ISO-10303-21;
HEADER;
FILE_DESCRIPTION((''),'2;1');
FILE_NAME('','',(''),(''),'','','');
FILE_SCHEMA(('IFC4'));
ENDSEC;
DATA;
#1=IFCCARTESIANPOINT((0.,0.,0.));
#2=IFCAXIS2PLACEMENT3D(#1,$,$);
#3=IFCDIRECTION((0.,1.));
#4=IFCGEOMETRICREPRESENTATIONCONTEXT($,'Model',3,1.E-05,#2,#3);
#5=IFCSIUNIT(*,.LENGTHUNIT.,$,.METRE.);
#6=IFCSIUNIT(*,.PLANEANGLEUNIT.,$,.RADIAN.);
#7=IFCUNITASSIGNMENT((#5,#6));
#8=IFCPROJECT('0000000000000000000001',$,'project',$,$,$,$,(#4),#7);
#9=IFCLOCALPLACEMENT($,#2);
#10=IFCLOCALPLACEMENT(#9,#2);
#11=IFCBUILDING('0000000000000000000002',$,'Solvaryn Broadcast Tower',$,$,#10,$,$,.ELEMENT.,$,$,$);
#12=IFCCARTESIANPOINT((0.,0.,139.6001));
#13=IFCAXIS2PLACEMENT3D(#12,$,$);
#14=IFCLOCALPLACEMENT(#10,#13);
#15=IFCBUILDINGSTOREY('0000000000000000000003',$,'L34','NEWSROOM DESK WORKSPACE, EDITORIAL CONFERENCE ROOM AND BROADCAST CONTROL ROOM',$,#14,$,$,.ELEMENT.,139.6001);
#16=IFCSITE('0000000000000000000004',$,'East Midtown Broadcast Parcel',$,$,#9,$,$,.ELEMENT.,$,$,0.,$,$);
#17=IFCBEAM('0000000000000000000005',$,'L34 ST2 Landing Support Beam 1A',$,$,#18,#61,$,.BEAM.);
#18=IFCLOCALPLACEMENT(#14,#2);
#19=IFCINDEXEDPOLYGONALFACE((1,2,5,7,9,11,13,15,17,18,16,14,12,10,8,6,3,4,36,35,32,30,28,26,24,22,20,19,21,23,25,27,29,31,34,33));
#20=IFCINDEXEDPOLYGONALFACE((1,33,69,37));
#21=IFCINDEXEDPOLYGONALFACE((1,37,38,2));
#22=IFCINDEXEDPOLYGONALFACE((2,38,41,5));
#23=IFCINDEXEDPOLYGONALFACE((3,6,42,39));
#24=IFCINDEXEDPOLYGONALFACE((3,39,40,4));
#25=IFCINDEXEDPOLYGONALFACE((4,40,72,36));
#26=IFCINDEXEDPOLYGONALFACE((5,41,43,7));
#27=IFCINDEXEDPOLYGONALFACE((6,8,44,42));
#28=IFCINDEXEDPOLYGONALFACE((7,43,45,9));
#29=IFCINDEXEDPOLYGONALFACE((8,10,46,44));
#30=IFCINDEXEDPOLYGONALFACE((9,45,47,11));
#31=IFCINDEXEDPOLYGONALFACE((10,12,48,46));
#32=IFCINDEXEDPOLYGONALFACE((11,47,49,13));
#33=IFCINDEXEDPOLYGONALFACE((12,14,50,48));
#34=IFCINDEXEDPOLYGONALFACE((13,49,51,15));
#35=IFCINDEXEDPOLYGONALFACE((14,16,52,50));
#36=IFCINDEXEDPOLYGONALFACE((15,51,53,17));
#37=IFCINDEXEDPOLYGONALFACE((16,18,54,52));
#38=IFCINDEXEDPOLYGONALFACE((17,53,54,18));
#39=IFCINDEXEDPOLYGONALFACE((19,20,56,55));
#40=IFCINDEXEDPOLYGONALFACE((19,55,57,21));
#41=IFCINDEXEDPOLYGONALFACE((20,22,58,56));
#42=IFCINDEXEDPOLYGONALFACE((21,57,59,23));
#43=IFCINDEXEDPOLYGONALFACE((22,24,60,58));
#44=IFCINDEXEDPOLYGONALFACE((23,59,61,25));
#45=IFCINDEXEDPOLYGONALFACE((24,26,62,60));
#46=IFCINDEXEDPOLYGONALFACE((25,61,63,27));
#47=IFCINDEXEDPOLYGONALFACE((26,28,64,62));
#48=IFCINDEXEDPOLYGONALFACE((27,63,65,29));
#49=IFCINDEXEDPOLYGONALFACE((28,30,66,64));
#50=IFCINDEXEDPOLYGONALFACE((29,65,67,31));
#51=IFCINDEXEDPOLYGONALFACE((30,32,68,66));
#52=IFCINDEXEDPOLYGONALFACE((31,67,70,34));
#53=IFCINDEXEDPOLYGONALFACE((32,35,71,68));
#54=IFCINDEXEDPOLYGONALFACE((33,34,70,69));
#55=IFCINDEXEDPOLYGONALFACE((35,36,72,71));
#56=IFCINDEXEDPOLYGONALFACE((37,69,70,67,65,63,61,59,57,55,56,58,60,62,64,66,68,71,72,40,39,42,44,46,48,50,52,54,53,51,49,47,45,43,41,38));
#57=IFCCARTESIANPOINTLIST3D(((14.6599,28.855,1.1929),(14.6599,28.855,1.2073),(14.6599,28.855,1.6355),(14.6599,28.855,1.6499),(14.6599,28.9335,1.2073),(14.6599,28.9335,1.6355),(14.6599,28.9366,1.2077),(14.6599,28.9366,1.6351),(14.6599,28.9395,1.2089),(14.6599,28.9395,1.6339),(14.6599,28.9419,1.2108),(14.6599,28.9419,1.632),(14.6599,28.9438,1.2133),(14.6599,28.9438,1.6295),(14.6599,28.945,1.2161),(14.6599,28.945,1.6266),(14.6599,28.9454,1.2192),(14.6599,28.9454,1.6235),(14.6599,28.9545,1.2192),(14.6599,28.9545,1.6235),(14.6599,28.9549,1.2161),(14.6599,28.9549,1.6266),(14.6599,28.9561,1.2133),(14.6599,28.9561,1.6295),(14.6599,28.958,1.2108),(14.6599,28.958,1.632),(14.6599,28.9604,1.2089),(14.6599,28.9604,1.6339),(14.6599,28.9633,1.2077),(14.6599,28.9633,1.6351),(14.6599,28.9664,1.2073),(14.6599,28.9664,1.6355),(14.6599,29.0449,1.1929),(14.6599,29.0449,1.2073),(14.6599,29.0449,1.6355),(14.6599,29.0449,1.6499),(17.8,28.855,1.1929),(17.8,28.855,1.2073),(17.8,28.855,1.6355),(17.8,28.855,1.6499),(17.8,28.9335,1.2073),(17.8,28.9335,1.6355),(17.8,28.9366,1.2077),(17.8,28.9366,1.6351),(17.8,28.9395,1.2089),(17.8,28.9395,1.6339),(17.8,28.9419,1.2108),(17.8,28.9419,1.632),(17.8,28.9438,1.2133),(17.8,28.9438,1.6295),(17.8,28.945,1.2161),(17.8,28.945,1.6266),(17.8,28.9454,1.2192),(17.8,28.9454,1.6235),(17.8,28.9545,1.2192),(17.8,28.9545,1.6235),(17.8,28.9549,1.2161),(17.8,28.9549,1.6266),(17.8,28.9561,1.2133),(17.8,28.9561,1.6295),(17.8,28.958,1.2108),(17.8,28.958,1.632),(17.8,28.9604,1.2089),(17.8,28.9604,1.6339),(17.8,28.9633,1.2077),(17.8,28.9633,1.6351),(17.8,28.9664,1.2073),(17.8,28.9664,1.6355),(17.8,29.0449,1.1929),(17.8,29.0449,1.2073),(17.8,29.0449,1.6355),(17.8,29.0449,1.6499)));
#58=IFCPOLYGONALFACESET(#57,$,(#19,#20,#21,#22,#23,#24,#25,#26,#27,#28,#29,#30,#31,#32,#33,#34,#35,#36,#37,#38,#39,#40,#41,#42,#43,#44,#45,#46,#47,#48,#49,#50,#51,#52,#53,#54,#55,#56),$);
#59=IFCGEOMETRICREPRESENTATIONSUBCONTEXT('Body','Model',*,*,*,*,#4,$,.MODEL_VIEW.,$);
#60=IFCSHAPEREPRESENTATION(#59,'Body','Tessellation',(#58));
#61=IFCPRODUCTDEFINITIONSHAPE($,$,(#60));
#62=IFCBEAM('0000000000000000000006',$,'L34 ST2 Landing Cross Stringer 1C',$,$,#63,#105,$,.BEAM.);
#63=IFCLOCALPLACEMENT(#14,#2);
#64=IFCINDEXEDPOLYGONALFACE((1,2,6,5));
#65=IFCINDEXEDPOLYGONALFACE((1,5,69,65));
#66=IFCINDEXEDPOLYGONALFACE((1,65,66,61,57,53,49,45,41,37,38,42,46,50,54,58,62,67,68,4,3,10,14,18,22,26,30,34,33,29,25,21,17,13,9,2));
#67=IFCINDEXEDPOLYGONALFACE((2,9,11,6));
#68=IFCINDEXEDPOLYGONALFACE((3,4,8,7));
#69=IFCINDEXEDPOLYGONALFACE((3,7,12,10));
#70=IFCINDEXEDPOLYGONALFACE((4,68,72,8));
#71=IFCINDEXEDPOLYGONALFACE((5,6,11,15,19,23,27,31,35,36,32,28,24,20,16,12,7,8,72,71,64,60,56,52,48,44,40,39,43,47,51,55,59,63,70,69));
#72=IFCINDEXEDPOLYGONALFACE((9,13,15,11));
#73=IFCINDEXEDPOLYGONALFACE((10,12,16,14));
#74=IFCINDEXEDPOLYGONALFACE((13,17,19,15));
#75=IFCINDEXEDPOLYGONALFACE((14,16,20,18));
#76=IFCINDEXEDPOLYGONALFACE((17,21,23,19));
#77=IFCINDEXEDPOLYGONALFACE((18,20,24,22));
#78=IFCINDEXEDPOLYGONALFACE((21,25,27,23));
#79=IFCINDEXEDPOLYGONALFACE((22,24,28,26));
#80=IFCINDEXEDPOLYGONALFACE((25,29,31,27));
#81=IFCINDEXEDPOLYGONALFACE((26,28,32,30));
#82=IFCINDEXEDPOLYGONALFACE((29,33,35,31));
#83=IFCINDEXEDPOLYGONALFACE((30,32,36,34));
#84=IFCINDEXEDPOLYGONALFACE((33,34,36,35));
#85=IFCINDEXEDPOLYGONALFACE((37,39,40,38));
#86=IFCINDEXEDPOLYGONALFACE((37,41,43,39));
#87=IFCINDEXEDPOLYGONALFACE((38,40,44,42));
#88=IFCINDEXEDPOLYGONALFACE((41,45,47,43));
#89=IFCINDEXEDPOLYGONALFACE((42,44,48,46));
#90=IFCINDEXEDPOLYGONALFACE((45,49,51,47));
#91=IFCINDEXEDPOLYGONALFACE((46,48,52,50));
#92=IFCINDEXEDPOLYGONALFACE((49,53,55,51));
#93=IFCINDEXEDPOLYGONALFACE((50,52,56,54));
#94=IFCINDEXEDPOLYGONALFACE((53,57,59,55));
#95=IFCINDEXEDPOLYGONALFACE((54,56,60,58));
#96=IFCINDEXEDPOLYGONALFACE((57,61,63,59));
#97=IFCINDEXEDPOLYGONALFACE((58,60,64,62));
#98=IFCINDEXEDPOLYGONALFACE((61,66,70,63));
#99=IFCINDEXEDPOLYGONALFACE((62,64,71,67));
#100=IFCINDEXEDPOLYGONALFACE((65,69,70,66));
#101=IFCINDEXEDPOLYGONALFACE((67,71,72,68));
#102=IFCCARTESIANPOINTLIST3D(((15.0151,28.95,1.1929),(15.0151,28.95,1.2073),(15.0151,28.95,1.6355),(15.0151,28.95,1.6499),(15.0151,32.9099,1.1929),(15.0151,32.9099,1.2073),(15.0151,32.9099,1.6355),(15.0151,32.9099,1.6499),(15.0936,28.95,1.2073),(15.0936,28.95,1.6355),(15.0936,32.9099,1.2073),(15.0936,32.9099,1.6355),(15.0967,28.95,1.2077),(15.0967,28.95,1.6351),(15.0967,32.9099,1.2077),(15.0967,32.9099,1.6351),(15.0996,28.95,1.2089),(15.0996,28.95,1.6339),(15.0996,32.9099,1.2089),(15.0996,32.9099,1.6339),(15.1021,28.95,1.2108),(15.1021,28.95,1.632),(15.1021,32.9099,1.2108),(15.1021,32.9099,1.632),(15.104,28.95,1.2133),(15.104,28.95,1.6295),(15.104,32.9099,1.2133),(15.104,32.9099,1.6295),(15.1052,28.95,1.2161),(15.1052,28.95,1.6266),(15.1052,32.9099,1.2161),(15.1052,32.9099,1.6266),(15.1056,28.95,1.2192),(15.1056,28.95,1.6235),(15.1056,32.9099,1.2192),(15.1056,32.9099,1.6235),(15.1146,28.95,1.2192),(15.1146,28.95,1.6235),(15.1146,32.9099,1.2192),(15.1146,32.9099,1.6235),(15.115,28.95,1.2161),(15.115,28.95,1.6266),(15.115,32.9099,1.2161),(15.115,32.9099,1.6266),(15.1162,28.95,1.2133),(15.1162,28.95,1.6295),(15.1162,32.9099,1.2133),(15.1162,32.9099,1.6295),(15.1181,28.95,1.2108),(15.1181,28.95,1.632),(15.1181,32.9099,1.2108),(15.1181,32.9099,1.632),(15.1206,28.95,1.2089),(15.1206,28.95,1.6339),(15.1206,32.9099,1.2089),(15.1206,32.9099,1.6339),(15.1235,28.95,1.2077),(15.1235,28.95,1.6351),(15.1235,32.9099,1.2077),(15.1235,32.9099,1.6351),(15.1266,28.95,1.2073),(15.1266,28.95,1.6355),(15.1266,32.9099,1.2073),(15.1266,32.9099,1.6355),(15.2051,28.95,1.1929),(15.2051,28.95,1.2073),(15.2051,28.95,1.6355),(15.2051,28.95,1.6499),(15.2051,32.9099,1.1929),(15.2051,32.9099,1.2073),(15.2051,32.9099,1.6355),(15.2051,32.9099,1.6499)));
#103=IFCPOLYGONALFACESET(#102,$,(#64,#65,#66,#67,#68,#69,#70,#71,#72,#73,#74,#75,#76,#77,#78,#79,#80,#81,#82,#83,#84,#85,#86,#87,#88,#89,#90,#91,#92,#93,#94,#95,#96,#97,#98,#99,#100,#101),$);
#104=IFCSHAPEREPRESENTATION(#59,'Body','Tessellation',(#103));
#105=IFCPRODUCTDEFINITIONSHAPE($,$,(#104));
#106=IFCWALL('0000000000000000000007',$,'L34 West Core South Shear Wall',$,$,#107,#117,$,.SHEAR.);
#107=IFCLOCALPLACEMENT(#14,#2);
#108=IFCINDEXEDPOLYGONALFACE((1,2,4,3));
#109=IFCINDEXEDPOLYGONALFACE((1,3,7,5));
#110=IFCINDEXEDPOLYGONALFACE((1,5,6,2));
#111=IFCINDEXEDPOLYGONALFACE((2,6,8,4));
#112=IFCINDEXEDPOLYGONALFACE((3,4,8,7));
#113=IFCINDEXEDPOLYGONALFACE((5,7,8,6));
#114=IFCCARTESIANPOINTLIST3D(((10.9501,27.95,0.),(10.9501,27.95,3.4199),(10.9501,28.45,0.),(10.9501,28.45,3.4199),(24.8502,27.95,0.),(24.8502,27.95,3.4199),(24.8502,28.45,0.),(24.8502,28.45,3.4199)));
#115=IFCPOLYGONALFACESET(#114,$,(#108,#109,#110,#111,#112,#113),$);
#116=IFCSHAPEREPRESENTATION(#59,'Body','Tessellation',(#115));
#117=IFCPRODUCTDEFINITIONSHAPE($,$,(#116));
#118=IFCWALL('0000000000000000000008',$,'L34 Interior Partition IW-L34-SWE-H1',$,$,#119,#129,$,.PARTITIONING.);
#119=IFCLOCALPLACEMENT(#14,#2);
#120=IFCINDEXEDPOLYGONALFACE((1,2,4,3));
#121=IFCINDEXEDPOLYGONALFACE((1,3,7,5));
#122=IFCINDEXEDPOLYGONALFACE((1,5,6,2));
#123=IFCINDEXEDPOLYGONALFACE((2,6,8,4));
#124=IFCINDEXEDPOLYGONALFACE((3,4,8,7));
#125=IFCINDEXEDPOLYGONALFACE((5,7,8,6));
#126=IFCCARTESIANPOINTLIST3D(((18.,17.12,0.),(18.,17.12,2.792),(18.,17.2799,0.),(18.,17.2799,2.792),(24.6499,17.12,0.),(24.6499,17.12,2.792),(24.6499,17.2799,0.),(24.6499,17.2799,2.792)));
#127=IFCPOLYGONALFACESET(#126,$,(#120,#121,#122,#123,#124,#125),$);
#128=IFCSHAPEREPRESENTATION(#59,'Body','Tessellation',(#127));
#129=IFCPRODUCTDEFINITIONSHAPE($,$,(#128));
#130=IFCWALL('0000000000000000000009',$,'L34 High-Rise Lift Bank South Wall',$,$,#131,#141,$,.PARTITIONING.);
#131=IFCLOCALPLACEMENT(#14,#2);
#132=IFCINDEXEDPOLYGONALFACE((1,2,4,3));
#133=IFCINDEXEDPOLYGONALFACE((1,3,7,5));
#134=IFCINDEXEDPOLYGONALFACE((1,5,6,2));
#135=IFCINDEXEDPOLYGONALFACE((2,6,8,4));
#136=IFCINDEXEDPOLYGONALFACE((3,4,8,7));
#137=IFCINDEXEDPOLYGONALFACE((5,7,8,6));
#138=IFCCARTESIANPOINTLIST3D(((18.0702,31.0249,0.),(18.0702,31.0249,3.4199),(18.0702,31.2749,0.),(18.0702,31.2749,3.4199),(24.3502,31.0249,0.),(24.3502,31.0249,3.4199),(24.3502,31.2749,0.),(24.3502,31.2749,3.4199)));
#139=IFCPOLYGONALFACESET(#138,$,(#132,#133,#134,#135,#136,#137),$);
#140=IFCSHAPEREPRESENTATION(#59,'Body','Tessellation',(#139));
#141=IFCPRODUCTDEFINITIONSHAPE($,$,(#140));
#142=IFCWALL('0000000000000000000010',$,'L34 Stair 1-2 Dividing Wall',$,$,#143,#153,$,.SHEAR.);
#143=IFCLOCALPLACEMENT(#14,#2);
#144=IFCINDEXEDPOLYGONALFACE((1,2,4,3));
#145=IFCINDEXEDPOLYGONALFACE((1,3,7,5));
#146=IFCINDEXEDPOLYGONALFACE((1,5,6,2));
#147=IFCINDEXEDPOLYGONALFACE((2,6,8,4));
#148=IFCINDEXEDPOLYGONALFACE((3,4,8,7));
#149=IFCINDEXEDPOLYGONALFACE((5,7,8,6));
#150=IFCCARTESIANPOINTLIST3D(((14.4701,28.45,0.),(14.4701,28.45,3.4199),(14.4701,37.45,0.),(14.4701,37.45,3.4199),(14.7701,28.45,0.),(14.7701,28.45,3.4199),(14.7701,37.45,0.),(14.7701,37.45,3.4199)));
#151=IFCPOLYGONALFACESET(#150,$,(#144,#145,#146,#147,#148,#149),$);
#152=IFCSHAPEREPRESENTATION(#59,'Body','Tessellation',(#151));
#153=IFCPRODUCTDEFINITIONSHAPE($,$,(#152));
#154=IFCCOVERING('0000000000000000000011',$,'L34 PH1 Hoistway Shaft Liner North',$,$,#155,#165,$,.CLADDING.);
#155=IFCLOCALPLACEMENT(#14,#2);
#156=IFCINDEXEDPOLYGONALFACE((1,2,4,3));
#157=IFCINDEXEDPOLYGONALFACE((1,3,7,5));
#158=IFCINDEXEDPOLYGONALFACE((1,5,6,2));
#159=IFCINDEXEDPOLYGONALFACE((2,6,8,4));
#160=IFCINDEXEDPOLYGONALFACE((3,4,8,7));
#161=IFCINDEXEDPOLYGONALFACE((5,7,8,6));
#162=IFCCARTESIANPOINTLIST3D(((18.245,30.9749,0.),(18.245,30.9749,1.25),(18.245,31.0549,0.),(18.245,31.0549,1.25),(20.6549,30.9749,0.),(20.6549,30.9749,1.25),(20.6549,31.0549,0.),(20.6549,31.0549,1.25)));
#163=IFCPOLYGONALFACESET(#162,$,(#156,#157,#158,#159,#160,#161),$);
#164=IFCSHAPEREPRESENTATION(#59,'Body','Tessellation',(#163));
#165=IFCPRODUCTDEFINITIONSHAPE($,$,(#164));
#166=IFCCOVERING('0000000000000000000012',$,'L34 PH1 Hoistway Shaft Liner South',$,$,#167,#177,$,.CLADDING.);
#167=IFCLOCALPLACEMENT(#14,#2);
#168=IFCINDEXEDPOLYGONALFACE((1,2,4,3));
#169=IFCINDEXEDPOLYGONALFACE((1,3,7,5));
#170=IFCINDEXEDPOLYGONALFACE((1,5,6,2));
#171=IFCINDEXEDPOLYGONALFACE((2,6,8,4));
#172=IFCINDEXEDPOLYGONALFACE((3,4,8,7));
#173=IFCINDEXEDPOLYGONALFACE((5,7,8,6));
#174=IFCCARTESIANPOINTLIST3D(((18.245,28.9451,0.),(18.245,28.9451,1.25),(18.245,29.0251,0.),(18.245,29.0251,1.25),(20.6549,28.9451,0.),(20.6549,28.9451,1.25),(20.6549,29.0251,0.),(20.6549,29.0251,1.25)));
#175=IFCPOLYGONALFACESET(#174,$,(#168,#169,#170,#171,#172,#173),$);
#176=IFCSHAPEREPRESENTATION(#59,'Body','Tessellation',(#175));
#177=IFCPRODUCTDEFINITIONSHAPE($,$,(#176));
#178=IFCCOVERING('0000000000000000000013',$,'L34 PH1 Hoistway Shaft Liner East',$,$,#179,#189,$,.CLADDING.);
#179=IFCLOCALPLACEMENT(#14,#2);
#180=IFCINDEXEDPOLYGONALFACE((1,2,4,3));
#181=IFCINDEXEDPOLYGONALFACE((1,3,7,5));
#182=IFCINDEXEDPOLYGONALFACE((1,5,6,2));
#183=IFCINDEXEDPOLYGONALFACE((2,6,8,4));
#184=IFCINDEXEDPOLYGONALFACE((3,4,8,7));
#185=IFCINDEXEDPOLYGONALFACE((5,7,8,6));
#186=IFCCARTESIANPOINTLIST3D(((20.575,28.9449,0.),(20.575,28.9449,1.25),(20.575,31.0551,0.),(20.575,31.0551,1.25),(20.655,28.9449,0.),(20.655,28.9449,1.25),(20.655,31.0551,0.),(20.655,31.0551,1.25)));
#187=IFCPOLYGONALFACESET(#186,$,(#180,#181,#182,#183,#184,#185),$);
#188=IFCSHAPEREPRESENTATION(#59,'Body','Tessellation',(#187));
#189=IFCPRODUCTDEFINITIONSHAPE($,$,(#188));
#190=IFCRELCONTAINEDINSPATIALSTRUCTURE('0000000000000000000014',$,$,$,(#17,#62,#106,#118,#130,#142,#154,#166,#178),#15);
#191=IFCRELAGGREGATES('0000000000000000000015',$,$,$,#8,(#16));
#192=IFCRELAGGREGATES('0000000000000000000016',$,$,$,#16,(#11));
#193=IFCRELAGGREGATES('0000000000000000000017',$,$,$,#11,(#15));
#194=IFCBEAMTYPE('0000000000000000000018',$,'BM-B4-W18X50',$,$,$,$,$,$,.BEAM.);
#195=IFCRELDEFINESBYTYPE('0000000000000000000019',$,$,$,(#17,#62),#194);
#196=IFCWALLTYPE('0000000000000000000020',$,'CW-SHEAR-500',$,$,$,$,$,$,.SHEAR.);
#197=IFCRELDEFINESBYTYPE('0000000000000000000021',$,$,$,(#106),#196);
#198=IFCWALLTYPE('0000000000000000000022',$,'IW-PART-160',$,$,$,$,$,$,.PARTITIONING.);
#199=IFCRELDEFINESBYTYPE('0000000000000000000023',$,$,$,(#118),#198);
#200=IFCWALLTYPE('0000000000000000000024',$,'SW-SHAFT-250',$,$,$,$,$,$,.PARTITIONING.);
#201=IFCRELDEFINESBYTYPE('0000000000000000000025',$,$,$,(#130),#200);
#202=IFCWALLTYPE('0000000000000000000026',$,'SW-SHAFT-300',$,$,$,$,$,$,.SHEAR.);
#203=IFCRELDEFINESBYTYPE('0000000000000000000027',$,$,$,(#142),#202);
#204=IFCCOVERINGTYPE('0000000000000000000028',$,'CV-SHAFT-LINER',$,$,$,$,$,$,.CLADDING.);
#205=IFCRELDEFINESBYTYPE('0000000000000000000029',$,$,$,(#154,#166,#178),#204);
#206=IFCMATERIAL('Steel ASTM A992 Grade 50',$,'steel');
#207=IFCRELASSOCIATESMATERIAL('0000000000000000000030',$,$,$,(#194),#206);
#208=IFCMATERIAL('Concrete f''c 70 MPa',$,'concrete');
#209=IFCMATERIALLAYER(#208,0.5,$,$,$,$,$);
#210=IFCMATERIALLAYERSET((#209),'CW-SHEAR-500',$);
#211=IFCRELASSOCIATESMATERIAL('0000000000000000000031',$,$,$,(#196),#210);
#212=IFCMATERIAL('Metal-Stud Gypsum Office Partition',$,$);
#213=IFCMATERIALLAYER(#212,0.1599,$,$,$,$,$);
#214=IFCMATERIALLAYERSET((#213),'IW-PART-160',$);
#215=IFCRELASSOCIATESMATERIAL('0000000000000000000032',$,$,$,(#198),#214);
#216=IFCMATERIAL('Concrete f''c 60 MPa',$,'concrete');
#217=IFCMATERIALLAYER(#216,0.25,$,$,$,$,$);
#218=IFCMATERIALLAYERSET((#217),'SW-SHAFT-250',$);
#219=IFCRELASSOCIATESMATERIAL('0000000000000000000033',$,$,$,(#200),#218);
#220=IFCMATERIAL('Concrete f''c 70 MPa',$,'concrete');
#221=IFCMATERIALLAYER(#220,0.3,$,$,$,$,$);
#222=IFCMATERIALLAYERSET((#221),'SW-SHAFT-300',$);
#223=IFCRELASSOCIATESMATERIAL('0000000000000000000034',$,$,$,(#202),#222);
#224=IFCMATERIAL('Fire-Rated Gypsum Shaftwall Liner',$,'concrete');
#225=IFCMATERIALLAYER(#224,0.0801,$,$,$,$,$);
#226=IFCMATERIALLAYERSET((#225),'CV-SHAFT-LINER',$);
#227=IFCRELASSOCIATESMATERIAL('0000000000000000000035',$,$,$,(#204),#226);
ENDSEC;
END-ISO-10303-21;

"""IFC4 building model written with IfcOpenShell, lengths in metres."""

from ifc_helpers import new_model, si_unit, direction, frame, frame_2d, origin, origin_2d, place, context, subcontext, project, spatial, rectangle, i_section, extrude, material, layer, layer_set, material_profile, profile_set, type_object, element, save


model = new_model("IFC4")

# Units and contexts
model_context = context("Model", 3, precision=1e-05, world=origin(), true_north=direction((0.0, 1.0)))
body_context = subcontext(model_context, "Body", "Model", "MODEL_VIEW")
ifc_project = project(units=[si_unit("LENGTHUNIT", "METRE"), si_unit("PLANEANGLEUNIT", "RADIAN")], contexts=[model_context])

# Site, building, storey
site_placement = place(None, origin())
site = spatial("IfcSite", under=ifc_project, at=site_placement, Name="East Midtown Broadcast Parcel", CompositionType="ELEMENT", RefElevation=0.0)
building_placement = place(site_placement, origin())
building = spatial("IfcBuilding", under=site, at=building_placement, Name="Solvaryn Broadcast Tower", CompositionType="ELEMENT")
storey_placement = place(building_placement, frame((0.0, 0.0, 139.6001)))
storey = spatial("IfcBuildingStorey", under=building, at=storey_placement, Name="L34", Description="NEWSROOM DESK WORKSPACE, EDITORIAL CONFERENCE ROOM AND BROADCAST CONTROL ROOM", CompositionType="ELEMENT", Elevation=139.6001)

# Beams
ifc_material_1 = material(Name="Steel ASTM A992 Grade 50", Category="steel")
ifc_material_profile_1 = material_profile(ifc_material_1, i_section(OverallWidth=0.1899, OverallDepth=0.457, WebThickness=0.009, FlangeThickness=0.0144, FilletRadius=0.012, at=origin_2d()))
ifc_profile_set_1 = profile_set([ifc_material_profile_1], Name="Steel ASTM A992 Grade 50")
beam_type_1 = type_object("IfcBeamType", Name="BM-B4-W18X50", PredefinedType="BEAM", material=ifc_profile_set_1)
beam_1_placement = place(storey_placement, frame((14.6599, 28.95, 1.4214), z_axis=(1.0, 0.0, 0.0), x_axis=(0.0, 1.0, 0.0)))
element("IfcBeam", 1, at=beam_1_placement, inside=storey, type_object=beam_type_1, Name="L34 ST2 Landing Support Beam 1A", PredefinedType="BEAM", context=body_context, shape_type="SweptSolid", body=[
    extrude(i_section(OverallWidth=0.1899, OverallDepth=0.457, WebThickness=0.009, FlangeThickness=0.0144, FilletRadius=0.012, at=origin_2d()), origin(), (0.0, 0.0, 1.0), 3.1401),
])
beam_2_placement = place(storey_placement, frame((15.1101, 28.95, 1.4214), z_axis=(0.0, 1.0, 0.0), x_axis=(-1.0, 0.0, 0.0)))
element("IfcBeam", 2, at=beam_2_placement, inside=storey, type_object=beam_type_1, Name="L34 ST2 Landing Cross Stringer 1C", PredefinedType="BEAM", context=body_context, shape_type="SweptSolid", body=[
    extrude(i_section(OverallWidth=0.1899, OverallDepth=0.457, WebThickness=0.009, FlangeThickness=0.0144, FilletRadius=0.012, at=origin_2d()), origin(), (0.0, 0.0, 1.0), 3.96),
])

# Wall
ifc_material_2 = material(Name="Concrete f'c 70 MPa", Category="concrete")
ifc_layer_1 = layer(ifc_material_2, 0.5)
ifc_layer_set_1 = layer_set([ifc_layer_1], Name="CW-SHEAR-500")
wall_type_1 = type_object("IfcWallType", Name="CW-SHEAR-500", PredefinedType="SHEAR", material=ifc_layer_set_1)
wall_1_placement = place(storey_placement, frame((10.95, 28.2, 0.0), z_axis=(0.0, 0.0, 1.0), x_axis=(1.0, 0.0, 0.0)))
element("IfcWall", 3, at=wall_1_placement, inside=storey, type_object=wall_type_1, Name="L34 West Core South Shear Wall", PredefinedType="SHEAR", context=body_context, shape_type="SweptSolid", body=[
    extrude(rectangle(XDim=13.9001, YDim=0.5, at=frame_2d((6.9502, 0.0))), origin(), (0.0, 0.0, 1.0), 3.4199),
])

# Shared definitions
ifc_material_3 = material(Name="Metal-Stud Gypsum Office Partition")
ifc_layer_2 = layer(ifc_material_3, 0.1599)
ifc_layer_set_2 = layer_set([ifc_layer_2], Name="IW-PART-160")
wall_type_2 = type_object("IfcWallType", Name="IW-PART-160", PredefinedType="PARTITIONING", material=ifc_layer_set_2)

# Walls
wall_2_placement = place(storey_placement, frame((18.0, 17.2, 0.0), z_axis=(0.0, 0.0, 1.0), x_axis=(1.0, 0.0, 0.0)))
element("IfcWall", 4, at=wall_2_placement, inside=storey, type_object=wall_type_2, Name="L34 Interior Partition IW-L34-SWE-H1", PredefinedType="PARTITIONING", context=body_context, shape_type="SweptSolid", body=[
    extrude(rectangle(XDim=6.6499, YDim=0.1599, at=frame_2d((3.325, 0.0))), origin(), (0.0, 0.0, 1.0), 2.792),
])
ifc_material_4 = material(Name="Concrete f'c 60 MPa", Category="concrete")
ifc_layer_3 = layer(ifc_material_4, 0.25)
ifc_layer_set_3 = layer_set([ifc_layer_3], Name="SW-SHAFT-250")
wall_type_3 = type_object("IfcWallType", Name="SW-SHAFT-250", PredefinedType="PARTITIONING", material=ifc_layer_set_3)
wall_3_placement = place(storey_placement, frame((18.0701, 31.1499, 0.0), z_axis=(0.0, 0.0, 1.0), x_axis=(1.0, 0.0, 0.0)))
element("IfcWall", 5, at=wall_3_placement, inside=storey, type_object=wall_type_3, Name="L34 High-Rise Lift Bank South Wall", PredefinedType="PARTITIONING", context=body_context, shape_type="SweptSolid", body=[
    extrude(rectangle(XDim=6.28, YDim=0.25, at=frame_2d((3.1401, 0.0))), origin(), (0.0, 0.0, 1.0), 3.4199),
])
ifc_material_5 = material(Name="Concrete f'c 70 MPa", Category="concrete")
ifc_layer_4 = layer(ifc_material_5, 0.3)
ifc_layer_set_4 = layer_set([ifc_layer_4], Name="SW-SHAFT-300")
wall_type_4 = type_object("IfcWallType", Name="SW-SHAFT-300", PredefinedType="SHEAR", material=ifc_layer_set_4)
wall_4_placement = place(storey_placement, frame((14.6201, 28.45, 0.0), z_axis=(0.0, 0.0, 1.0), x_axis=(0.0, 1.0, 0.0)))
element("IfcWall", 6, at=wall_4_placement, inside=storey, type_object=wall_type_4, Name="L34 Stair 1-2 Dividing Wall", PredefinedType="SHEAR", context=body_context, shape_type="SweptSolid", body=[
    extrude(rectangle(XDim=9.0, YDim=0.3, at=frame_2d((4.5, 0.0))), origin(), (0.0, 0.0, 1.0), 3.4199),
])

# Coverings
ifc_material_6 = material(Name="Fire-Rated Gypsum Shaftwall Liner", Category="concrete")
ifc_layer_5 = layer(ifc_material_6, 0.0801)
ifc_layer_set_5 = layer_set([ifc_layer_5], Name="CV-SHAFT-LINER")
covering_type = type_object("IfcCoveringType", Name="CV-SHAFT-LINER", PredefinedType="CLADDING", material=ifc_layer_set_5)
for number, where, z_axis, x_axis, name in (
    (7, (19.45, 31.0149, 0.0), (0.0, 0.0, 1.0), (1.0, 0.0, 0.0), "L34 PH1 Hoistway Shaft Liner North"),
    (8, (19.45, 28.9851, 0.0), (0.0, 0.0, 1.0), (1.0, 0.0, 0.0), "L34 PH1 Hoistway Shaft Liner South"),
):
    element("IfcCovering", number, at=place(storey_placement, frame(where, z_axis=z_axis, x_axis=x_axis)), inside=storey, type_object=covering_type, Name=name, PredefinedType="CLADDING", context=body_context, shape_type="SweptSolid", body=[
        extrude(rectangle(XDim=2.4099, YDim=0.0801, at=origin_2d()), origin(), (0.0, 0.0, 1.0), 1.25),
    ])
for number, where, z_axis, x_axis, name in (
    (9, (20.615, 30.0, 0.0), (0.0, 0.0, 1.0), (1.0, 0.0, 0.0), "L34 PH1 Hoistway Shaft Liner East"),
):
    element("IfcCovering", number, at=place(storey_placement, frame(where, z_axis=z_axis, x_axis=x_axis)), inside=storey, type_object=covering_type, Name=name, PredefinedType="CLADDING", context=body_context, shape_type="SweptSolid", body=[
        extrude(rectangle(XDim=0.0801, YDim=2.1101, at=origin_2d()), origin(), (0.0, 0.0, 1.0), 1.25),
    ])

save(model, "model.ifc")
